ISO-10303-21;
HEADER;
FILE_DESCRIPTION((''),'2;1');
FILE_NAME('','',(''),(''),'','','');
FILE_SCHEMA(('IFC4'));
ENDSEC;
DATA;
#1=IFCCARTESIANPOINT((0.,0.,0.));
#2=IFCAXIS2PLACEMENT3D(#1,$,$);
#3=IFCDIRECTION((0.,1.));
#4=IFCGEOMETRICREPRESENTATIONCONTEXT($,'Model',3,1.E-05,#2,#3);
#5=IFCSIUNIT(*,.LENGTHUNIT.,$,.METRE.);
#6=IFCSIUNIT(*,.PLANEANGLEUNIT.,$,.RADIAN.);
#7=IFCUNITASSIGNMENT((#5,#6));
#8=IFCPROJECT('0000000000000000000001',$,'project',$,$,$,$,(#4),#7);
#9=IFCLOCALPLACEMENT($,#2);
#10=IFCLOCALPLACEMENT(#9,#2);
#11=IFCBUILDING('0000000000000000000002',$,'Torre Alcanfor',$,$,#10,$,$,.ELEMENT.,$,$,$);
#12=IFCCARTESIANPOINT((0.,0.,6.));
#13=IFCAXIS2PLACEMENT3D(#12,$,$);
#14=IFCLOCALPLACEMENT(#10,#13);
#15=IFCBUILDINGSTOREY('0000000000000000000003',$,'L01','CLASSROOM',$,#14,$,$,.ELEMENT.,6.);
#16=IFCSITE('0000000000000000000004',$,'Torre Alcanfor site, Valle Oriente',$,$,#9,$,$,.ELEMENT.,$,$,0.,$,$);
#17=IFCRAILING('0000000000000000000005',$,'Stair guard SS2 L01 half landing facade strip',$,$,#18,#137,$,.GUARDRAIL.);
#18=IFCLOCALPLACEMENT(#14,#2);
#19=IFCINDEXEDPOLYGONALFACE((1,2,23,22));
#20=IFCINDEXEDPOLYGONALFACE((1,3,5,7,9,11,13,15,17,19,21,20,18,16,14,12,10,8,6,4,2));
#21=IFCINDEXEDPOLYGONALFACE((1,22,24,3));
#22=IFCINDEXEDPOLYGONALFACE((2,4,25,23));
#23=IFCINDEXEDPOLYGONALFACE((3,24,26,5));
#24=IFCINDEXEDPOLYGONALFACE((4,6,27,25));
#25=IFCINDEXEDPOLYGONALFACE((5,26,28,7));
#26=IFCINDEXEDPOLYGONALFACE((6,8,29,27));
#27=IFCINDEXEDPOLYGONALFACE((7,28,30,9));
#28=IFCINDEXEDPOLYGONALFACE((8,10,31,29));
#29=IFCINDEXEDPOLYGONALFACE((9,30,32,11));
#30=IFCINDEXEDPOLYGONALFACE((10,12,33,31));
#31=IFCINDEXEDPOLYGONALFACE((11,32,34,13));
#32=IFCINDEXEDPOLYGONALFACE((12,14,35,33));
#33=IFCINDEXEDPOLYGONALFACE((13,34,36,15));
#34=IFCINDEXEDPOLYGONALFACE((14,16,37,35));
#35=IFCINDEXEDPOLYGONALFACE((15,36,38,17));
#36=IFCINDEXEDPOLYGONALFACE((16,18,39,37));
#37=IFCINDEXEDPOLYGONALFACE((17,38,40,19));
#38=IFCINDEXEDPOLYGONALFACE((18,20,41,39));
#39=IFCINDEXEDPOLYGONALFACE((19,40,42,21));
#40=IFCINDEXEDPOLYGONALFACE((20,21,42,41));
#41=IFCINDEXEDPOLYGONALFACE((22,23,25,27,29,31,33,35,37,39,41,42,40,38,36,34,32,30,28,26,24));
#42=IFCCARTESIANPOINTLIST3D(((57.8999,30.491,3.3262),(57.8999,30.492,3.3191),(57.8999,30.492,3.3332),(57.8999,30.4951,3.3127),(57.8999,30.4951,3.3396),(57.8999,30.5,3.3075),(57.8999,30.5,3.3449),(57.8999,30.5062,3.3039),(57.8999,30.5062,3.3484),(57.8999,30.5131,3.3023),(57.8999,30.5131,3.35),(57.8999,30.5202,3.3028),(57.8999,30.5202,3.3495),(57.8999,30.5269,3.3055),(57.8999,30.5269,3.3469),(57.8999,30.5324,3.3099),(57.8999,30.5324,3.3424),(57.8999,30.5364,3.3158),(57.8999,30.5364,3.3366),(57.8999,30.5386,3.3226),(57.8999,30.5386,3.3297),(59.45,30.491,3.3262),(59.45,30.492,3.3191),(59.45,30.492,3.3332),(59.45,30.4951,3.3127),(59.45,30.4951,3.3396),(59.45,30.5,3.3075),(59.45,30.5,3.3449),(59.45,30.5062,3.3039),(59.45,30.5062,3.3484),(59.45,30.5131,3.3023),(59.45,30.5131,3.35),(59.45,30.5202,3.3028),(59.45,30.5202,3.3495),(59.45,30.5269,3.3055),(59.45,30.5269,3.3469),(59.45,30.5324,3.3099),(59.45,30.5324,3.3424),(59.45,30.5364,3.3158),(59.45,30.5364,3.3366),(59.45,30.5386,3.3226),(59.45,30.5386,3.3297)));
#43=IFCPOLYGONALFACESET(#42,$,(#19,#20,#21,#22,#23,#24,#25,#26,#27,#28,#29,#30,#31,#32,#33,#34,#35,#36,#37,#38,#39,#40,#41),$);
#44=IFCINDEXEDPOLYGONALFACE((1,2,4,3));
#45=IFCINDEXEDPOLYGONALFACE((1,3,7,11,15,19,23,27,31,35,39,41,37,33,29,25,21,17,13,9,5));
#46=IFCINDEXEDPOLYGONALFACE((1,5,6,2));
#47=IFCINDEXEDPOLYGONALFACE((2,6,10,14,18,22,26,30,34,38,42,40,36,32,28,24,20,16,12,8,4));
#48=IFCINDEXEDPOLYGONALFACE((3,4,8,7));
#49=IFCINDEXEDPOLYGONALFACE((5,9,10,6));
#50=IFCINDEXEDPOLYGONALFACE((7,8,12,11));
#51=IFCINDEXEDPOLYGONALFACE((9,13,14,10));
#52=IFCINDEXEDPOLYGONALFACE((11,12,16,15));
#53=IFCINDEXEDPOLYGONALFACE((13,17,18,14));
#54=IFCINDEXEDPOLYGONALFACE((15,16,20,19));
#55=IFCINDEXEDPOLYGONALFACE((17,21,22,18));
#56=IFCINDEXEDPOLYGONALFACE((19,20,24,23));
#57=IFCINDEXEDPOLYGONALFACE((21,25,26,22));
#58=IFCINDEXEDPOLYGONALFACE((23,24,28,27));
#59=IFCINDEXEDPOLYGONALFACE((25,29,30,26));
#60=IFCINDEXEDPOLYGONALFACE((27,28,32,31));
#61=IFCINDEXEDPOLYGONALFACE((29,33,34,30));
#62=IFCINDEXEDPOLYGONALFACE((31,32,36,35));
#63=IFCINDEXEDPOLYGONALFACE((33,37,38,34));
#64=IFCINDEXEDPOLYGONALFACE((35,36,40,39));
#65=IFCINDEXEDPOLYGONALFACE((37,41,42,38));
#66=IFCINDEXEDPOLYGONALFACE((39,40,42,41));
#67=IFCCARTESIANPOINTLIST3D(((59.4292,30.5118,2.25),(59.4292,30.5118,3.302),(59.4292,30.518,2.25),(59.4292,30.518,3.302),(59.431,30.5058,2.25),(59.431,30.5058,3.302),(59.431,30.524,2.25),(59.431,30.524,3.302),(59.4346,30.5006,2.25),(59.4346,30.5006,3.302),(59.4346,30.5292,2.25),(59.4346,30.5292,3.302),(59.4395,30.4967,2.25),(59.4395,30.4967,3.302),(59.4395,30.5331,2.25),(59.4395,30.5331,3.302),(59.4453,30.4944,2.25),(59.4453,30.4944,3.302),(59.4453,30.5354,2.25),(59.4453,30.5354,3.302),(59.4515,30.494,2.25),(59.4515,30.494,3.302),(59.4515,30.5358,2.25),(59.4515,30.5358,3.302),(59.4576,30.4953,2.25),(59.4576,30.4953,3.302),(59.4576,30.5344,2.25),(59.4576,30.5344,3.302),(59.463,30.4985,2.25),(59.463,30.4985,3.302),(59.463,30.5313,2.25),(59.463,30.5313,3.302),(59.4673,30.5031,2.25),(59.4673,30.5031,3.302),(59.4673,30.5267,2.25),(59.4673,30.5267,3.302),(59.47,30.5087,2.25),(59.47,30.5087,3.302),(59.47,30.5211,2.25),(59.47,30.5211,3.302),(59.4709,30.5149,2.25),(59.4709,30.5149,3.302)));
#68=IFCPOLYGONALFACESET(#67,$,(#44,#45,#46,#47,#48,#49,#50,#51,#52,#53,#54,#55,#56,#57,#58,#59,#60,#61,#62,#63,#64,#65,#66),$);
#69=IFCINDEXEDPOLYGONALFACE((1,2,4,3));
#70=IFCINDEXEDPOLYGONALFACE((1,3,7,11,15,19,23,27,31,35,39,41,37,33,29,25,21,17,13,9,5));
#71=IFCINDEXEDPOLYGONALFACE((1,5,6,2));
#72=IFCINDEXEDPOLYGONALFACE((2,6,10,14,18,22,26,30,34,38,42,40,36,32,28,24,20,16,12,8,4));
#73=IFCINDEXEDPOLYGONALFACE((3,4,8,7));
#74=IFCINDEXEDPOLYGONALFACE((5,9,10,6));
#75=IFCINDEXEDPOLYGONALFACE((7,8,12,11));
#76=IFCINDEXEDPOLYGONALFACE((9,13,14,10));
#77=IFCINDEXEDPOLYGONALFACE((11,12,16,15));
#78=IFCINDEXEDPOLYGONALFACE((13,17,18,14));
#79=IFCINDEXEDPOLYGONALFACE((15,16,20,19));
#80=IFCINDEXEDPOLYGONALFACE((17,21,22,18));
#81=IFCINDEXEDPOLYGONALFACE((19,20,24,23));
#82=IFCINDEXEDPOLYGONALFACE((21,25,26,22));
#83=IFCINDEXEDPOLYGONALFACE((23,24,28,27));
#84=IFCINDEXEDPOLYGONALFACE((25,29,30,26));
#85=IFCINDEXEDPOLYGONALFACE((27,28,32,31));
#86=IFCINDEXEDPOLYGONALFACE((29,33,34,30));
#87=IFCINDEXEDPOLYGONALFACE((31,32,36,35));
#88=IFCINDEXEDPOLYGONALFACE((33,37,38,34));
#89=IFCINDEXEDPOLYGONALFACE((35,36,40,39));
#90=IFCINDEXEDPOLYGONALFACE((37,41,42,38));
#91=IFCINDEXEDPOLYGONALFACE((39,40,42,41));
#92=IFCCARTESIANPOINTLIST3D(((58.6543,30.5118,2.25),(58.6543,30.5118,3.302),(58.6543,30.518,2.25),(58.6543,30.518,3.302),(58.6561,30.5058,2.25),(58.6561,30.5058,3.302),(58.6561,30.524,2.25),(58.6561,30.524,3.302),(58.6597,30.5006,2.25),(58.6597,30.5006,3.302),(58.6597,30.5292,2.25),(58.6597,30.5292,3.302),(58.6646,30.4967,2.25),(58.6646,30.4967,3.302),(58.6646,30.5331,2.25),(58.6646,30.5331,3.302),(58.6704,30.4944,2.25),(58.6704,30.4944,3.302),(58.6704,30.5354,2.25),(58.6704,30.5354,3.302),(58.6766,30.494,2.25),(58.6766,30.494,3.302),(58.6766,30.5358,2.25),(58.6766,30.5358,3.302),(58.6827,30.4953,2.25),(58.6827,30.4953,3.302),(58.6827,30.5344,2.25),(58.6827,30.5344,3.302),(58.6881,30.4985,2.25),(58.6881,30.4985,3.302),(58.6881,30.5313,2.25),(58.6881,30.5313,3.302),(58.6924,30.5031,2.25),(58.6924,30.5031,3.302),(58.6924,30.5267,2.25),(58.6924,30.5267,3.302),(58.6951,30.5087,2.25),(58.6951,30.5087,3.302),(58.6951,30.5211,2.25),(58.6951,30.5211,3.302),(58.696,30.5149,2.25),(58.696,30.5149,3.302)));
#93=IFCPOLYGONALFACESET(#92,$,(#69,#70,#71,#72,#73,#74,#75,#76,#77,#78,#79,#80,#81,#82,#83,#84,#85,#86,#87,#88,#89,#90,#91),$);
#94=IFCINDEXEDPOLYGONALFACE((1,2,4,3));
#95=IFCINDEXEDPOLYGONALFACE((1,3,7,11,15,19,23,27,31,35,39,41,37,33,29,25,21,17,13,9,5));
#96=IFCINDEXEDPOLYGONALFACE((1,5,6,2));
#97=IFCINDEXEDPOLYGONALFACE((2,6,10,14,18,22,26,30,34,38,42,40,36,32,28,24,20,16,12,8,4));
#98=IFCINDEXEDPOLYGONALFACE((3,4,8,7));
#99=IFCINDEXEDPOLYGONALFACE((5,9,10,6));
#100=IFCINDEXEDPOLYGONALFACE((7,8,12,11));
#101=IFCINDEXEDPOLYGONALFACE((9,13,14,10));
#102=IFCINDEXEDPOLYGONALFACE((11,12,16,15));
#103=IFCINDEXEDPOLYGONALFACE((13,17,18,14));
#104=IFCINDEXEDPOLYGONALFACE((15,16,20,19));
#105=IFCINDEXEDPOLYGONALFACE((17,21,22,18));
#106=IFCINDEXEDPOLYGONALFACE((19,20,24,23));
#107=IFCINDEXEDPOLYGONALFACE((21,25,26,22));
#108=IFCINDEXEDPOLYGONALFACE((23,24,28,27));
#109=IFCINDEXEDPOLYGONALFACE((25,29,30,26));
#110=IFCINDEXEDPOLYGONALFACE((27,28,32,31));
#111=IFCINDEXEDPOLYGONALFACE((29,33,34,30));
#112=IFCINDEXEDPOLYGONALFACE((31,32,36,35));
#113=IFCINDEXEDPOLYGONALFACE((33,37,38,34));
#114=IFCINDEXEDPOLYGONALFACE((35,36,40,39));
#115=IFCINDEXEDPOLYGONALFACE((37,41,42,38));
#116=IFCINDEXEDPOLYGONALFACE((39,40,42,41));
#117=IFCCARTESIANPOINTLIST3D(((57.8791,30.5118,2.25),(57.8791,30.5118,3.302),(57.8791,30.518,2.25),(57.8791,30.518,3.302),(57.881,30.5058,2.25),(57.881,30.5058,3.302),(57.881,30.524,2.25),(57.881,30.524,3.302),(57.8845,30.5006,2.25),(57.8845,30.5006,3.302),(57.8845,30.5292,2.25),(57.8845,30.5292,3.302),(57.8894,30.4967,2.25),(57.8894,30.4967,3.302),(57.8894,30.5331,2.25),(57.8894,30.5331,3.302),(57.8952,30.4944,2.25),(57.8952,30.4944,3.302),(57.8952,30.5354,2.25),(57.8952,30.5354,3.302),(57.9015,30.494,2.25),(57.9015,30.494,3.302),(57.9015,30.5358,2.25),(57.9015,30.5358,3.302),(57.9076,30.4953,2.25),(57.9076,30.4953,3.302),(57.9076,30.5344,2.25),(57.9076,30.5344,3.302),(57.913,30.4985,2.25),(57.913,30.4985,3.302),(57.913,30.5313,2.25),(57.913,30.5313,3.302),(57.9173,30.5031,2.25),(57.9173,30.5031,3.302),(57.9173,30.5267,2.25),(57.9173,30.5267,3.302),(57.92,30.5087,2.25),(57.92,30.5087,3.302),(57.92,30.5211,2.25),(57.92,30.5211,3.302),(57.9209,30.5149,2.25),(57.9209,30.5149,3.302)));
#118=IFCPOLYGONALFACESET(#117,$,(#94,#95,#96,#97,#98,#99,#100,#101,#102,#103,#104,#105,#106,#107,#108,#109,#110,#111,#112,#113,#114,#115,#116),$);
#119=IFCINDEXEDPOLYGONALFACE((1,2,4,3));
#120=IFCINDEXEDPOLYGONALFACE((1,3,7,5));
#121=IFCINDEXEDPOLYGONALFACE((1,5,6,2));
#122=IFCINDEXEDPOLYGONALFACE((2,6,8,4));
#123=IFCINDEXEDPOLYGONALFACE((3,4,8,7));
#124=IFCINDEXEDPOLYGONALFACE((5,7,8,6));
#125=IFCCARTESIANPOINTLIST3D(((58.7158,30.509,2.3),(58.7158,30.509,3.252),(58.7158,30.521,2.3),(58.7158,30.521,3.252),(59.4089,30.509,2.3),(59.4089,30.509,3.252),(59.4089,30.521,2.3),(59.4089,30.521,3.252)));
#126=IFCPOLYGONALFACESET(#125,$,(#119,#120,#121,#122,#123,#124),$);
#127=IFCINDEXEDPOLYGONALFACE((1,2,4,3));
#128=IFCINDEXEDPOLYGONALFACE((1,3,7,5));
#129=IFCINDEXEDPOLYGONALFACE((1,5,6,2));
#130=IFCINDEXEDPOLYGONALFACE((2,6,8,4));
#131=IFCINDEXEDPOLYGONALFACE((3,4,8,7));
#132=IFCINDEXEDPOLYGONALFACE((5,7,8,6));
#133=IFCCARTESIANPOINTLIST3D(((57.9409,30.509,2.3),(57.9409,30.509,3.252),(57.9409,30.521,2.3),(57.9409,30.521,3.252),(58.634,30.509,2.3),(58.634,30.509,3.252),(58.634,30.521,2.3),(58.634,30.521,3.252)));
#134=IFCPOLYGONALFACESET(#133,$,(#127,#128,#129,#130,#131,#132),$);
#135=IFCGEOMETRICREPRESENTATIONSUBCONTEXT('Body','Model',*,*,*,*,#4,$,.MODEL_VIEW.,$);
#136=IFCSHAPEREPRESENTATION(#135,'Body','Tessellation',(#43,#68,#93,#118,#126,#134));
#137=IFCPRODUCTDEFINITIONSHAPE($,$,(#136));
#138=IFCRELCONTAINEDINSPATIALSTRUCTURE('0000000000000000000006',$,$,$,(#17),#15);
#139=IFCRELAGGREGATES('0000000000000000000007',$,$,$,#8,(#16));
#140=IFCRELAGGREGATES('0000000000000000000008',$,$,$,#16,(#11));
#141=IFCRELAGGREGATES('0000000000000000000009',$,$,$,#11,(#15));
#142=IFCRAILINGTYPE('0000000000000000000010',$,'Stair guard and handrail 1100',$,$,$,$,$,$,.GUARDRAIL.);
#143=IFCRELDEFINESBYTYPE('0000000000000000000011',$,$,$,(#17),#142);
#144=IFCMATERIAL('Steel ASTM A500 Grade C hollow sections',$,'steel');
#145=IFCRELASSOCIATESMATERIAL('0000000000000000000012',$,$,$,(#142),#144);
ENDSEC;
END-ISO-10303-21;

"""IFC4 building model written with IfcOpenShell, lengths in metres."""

from ifc_helpers import new_model, si_unit, direction, frame, origin, origin_2d, place, context, subcontext, project, spatial, polyline, circle, outline, extrude, material, type_object, element, save


model = new_model("IFC4")

# Units and contexts
model_context = context("Model", 3, precision=1e-05, world=origin(), true_north=direction((0.0, 1.0)))
body_context = subcontext(model_context, "Body", "Model", "MODEL_VIEW")
ifc_project = project(units=[si_unit("LENGTHUNIT", "METRE"), si_unit("PLANEANGLEUNIT", "RADIAN")], contexts=[model_context])

# Site, building, storey
site_placement = place(None, origin())
site = spatial("IfcSite", under=ifc_project, at=site_placement, Name="Torre Alcanfor site, Valle Oriente", CompositionType="ELEMENT", RefElevation=0.0)
building_placement = place(site_placement, origin())
building = spatial("IfcBuilding", under=site, at=building_placement, Name="Torre Alcanfor", CompositionType="ELEMENT")
storey_placement = place(building_placement, frame((0.0, 0.0, 6.0)))
storey = spatial("IfcBuildingStorey", under=building, at=storey_placement, Name="L01", Description="CLASSROOM", CompositionType="ELEMENT", Elevation=6.0)

# Railing
ifc_material_1 = material(Name="Steel ASTM A500 Grade C hollow sections", Category="steel")
railing_type_1 = type_object("IfcRailingType", Name="Stair guard and handrail 1100", PredefinedType="GUARDRAIL", material=ifc_material_1)
railing_1_placement = place(storey_placement, frame((59.45, 30.5149, 2.25)))
element("IfcRailing", 1, at=railing_1_placement, inside=storey, type_object=railing_type_1, Name="Stair guard SS2 L01 half landing facade strip", PredefinedType="GUARDRAIL", context=body_context, shape_type="SweptSolid", body=[
    extrude(circle(Radius=0.0239, at=origin_2d()), frame((0.0, 0.0, 1.0762), z_axis=(-1.0, 0.0, 0.0), x_axis=(0.0, -1.0, 0.0)), (0.0, 0.0, 1.0), 1.55),
    extrude(circle(Radius=0.021, at=origin_2d()), origin(), (0.0, 0.0, 1.0), 1.052),
    extrude(circle(Radius=0.021, at=origin_2d()), frame((-0.7749, 0.0, 0.0)), (0.0, 0.0, 1.0), 1.052),
    extrude(circle(Radius=0.021, at=origin_2d()), frame((-1.55, 0.0, 0.0)), (0.0, 0.0, 1.0), 1.052),
    extrude(outline(polyline([(0.041, 0.05), (0.7341, 0.05), (0.7341, 1.002), (0.041, 1.002), (0.041, 0.05)])), frame((0.0, -0.0059, 0.0), z_axis=(0.0, 1.0, 0.0), x_axis=(-1.0, 0.0, 0.0)), (0.0, 0.0, 1.0), 0.012),
    extrude(outline(polyline([(0.8159, 0.05), (1.509, 0.05), (1.509, 1.002), (0.8159, 1.002), (0.8159, 0.05)])), frame((0.0, -0.0059, 0.0), z_axis=(0.0, 1.0, 0.0), x_axis=(-1.0, 0.0, 0.0)), (0.0, 0.0, 1.0), 0.012),
])

save(model, "model.ifc")
